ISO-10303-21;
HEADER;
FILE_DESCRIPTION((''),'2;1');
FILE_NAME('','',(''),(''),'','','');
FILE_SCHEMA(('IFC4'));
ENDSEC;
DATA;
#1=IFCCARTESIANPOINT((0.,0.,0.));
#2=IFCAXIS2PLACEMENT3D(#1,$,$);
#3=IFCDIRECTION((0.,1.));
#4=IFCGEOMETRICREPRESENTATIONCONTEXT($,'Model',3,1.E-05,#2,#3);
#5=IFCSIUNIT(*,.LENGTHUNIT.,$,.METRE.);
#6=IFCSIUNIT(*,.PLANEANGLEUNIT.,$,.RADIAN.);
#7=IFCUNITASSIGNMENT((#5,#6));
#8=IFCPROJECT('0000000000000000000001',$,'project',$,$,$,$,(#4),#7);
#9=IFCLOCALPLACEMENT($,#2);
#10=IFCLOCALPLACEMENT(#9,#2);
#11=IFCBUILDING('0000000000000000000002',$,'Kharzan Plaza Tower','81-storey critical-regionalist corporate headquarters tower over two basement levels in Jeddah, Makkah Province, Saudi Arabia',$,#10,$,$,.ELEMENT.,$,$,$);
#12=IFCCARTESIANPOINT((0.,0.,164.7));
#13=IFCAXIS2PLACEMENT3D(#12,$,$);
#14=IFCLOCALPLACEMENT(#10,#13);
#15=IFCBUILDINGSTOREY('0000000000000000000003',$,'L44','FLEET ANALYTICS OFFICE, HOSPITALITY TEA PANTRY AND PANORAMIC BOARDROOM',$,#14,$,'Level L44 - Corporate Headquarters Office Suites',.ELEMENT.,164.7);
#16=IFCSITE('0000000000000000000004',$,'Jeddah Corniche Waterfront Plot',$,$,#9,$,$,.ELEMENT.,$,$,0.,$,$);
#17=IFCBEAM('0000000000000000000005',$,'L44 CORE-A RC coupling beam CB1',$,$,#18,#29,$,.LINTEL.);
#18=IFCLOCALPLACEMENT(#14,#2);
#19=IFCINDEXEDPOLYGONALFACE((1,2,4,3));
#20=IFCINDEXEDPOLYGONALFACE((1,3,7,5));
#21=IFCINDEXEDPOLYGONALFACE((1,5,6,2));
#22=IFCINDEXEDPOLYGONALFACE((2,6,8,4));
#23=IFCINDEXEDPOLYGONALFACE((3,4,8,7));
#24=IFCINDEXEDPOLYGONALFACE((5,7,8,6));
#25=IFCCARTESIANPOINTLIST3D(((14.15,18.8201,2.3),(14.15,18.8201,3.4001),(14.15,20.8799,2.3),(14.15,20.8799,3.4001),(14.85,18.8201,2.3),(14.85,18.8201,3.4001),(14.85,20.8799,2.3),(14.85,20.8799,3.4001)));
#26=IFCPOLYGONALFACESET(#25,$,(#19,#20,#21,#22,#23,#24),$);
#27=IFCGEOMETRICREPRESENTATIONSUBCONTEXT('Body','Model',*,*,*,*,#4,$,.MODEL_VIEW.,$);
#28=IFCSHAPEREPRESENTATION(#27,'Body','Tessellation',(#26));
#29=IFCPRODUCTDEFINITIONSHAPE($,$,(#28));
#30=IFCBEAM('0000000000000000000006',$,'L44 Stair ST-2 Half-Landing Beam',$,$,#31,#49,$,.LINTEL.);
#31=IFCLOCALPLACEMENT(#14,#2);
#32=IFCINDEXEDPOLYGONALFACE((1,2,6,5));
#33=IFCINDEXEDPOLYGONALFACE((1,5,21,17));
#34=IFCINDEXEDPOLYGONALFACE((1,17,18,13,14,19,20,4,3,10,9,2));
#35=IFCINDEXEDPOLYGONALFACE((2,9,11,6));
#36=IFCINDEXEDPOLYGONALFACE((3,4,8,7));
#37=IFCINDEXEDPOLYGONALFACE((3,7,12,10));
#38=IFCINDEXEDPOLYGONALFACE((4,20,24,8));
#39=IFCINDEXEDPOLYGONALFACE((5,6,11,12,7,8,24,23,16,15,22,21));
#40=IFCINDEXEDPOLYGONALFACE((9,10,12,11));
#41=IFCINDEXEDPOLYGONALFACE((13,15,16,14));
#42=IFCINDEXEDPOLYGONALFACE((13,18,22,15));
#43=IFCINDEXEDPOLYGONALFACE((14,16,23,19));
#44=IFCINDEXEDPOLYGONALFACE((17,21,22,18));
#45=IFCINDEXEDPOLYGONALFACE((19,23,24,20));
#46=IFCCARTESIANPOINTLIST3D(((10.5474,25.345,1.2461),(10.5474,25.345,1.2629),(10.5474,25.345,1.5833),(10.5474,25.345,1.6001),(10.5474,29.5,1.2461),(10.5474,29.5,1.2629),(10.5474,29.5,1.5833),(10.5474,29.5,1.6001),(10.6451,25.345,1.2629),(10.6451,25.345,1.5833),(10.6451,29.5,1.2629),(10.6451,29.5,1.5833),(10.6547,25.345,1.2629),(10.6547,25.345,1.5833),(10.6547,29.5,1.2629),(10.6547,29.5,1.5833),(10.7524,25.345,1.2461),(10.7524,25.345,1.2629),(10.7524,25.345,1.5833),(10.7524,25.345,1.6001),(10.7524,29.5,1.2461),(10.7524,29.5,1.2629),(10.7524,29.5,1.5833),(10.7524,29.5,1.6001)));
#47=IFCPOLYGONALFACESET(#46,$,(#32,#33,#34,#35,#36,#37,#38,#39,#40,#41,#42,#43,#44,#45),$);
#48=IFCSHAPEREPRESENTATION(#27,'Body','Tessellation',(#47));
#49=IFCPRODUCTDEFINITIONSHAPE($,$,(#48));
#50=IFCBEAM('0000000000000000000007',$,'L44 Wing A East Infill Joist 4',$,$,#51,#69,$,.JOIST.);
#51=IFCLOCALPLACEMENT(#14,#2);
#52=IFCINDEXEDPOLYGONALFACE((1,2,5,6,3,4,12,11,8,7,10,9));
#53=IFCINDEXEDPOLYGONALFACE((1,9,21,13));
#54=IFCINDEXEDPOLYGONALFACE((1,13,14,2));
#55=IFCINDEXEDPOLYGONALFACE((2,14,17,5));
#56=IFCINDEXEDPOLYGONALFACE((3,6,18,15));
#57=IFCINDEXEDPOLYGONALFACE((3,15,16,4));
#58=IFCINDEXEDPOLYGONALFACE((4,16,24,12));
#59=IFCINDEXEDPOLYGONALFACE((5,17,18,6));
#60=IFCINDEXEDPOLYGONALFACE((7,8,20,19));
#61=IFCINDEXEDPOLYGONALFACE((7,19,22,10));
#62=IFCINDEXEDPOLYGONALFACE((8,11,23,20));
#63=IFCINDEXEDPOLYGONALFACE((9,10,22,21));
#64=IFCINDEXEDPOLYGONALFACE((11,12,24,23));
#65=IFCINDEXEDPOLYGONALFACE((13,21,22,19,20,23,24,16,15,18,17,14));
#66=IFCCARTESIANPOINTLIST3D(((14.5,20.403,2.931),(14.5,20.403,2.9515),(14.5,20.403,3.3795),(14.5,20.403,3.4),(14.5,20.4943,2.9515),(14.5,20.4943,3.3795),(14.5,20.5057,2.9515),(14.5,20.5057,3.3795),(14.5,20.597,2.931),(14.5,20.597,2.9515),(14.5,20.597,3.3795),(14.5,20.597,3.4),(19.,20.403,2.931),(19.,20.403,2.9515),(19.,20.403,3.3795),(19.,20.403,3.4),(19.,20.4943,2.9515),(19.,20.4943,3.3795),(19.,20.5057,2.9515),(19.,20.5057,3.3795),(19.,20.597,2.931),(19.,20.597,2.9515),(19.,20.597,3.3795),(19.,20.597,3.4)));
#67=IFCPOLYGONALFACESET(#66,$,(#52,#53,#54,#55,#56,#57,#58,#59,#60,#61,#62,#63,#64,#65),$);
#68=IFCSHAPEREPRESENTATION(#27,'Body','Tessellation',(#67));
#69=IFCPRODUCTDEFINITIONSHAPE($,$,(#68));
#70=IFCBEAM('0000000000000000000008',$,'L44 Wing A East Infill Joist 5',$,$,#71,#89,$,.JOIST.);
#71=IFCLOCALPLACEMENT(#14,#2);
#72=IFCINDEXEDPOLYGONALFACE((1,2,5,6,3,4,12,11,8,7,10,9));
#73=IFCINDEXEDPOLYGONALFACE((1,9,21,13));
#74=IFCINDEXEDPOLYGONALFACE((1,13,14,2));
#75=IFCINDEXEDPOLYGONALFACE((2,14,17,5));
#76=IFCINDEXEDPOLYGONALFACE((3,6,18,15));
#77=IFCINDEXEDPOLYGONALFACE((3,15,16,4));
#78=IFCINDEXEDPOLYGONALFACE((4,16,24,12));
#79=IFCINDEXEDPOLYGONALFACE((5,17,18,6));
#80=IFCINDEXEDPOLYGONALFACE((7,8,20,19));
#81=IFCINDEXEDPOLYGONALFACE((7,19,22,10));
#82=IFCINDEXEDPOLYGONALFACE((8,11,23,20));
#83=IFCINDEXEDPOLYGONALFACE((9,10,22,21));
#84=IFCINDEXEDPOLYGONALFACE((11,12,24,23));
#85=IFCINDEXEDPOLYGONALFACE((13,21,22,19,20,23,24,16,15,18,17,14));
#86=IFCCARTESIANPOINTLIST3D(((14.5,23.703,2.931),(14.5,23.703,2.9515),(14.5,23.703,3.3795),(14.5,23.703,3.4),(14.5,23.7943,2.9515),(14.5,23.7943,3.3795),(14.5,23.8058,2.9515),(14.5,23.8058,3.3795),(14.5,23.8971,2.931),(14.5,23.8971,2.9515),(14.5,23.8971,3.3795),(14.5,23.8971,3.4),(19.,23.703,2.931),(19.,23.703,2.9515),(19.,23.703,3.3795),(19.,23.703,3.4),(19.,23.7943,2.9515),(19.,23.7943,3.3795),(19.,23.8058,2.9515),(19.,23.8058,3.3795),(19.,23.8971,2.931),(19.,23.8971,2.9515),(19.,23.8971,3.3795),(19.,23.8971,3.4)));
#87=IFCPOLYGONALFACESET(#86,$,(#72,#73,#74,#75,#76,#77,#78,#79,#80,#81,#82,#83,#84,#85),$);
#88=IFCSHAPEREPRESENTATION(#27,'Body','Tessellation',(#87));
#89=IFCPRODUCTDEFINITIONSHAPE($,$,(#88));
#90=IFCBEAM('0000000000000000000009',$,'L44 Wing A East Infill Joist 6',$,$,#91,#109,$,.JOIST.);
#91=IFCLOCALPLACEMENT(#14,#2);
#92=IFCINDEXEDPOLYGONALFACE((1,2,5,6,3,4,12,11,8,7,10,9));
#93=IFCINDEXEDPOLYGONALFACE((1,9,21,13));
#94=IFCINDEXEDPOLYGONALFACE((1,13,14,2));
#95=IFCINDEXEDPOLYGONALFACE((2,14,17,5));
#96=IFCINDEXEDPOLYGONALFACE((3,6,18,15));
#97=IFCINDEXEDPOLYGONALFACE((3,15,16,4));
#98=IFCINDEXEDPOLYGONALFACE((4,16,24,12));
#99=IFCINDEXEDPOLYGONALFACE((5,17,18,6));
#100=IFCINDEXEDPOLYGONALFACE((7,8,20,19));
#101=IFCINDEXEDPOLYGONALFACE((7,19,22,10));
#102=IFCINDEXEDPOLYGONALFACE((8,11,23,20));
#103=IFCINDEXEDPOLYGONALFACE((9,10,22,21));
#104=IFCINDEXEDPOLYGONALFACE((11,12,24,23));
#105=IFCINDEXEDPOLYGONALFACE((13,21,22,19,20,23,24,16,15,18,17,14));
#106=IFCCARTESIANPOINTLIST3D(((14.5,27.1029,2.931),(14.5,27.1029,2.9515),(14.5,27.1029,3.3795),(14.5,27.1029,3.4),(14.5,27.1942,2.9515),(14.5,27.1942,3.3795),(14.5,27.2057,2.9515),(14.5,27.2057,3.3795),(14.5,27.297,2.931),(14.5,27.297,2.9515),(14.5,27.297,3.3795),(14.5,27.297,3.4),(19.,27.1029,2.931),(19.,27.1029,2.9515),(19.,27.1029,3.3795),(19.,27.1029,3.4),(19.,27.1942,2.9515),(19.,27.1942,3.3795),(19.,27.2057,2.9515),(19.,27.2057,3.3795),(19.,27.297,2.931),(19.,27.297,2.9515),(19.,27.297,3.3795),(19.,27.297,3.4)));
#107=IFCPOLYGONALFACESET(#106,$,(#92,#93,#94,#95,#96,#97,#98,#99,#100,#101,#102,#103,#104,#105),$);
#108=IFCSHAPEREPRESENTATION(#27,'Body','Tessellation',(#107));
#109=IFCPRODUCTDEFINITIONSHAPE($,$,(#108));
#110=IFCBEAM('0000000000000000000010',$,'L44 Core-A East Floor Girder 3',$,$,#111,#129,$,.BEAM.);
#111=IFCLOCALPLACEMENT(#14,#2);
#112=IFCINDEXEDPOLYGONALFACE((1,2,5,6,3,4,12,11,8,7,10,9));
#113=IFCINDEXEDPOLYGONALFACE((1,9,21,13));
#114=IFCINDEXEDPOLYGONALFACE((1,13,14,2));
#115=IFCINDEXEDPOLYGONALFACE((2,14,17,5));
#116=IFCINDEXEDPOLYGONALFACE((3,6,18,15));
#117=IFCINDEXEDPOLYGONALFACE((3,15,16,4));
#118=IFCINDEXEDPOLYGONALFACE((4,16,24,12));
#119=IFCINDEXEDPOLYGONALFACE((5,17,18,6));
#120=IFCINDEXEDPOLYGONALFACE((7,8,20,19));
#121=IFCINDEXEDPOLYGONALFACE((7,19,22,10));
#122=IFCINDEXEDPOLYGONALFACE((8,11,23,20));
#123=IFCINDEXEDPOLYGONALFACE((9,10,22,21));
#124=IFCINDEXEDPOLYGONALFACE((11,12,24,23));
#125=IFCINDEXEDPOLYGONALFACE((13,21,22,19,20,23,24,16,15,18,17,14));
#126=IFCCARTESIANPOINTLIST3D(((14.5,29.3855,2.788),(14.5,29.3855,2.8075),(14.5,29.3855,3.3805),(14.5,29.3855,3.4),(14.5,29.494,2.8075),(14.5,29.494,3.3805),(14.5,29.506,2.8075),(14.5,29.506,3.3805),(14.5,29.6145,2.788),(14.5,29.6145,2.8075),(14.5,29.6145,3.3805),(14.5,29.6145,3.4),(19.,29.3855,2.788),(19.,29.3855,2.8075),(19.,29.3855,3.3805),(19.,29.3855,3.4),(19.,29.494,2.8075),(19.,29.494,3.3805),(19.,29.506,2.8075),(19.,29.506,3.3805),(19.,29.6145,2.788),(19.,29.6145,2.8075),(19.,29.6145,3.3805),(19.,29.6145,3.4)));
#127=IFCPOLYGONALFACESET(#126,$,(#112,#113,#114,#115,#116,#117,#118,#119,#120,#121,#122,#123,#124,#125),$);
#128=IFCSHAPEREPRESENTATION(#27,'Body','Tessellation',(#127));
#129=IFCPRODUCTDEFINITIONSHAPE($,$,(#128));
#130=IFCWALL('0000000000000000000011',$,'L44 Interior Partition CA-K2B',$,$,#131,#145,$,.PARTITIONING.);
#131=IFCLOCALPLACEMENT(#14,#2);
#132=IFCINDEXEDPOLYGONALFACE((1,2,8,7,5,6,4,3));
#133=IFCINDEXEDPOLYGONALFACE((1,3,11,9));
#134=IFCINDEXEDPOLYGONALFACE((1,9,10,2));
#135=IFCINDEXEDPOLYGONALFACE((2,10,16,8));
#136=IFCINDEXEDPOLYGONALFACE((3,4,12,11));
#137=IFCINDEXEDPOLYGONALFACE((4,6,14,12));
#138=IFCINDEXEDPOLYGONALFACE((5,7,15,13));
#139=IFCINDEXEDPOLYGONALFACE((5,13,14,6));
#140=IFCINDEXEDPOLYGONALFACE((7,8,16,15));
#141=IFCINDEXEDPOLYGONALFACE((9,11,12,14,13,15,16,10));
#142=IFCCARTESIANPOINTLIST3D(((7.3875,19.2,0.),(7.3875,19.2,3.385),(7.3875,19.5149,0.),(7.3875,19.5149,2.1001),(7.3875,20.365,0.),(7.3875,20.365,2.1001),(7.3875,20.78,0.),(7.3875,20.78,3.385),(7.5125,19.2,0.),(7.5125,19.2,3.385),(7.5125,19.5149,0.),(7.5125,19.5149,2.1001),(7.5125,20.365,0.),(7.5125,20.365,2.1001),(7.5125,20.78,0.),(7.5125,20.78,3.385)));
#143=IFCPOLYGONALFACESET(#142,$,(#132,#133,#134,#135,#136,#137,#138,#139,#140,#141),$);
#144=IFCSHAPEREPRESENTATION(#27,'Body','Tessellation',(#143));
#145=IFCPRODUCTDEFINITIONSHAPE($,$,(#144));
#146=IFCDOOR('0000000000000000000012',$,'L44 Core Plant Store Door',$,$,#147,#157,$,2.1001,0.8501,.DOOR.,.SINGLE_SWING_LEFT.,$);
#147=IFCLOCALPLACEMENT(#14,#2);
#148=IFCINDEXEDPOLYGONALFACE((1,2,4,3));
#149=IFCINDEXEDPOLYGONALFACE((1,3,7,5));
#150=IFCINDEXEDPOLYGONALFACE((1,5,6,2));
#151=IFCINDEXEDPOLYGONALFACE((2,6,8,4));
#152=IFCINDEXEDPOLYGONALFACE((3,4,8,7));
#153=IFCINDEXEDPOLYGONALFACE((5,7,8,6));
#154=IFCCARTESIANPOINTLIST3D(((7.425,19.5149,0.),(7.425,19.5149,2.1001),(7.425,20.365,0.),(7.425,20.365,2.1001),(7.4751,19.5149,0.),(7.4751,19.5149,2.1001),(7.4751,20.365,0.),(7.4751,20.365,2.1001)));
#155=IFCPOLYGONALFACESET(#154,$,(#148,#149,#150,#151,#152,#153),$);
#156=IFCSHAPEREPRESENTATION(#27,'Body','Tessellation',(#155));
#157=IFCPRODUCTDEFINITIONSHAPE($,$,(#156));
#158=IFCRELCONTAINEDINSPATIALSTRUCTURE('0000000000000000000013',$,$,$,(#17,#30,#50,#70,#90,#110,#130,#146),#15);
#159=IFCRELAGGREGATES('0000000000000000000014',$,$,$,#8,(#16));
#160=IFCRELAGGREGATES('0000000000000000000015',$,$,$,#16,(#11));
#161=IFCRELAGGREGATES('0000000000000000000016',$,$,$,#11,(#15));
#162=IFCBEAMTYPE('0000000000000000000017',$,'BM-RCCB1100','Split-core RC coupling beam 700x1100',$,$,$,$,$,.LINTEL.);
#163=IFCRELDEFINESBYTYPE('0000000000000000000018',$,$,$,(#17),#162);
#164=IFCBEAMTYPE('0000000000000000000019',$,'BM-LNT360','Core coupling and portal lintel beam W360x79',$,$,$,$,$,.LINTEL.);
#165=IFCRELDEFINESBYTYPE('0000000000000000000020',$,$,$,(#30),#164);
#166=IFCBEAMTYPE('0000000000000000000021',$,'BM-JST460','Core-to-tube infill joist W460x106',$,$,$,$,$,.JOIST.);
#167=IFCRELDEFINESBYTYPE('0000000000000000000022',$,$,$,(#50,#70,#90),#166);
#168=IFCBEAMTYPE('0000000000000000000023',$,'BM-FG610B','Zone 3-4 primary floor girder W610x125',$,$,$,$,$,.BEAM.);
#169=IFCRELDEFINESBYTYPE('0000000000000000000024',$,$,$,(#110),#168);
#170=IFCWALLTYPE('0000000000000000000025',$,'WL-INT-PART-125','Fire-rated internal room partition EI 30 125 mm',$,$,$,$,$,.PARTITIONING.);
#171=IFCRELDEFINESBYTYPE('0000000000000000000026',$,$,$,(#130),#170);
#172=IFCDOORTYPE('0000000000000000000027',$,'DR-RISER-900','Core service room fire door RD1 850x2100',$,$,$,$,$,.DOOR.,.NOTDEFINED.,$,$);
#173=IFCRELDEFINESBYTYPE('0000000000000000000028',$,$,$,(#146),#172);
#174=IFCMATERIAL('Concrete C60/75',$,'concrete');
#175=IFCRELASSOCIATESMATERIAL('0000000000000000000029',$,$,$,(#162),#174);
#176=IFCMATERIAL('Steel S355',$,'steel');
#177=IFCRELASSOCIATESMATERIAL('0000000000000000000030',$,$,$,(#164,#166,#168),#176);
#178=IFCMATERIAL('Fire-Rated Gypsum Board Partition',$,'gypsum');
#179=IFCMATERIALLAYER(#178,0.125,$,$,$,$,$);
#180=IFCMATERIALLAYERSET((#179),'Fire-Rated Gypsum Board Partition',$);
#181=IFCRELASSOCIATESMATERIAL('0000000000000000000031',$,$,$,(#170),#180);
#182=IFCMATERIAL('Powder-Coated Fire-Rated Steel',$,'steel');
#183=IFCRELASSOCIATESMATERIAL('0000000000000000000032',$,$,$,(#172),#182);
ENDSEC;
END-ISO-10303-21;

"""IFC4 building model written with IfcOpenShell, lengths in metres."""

from ifc_helpers import new_model, si_unit, direction, frame, frame_2d, origin, origin_2d, place, context, subcontext, project, spatial, rectangle, i_section, extrude, source, transform, mapped, material, layer, layer_set, material_profile, profile_set, type_object, element, fill, save


model = new_model("IFC4")

# Units and contexts
model_context = context("Model", 3, precision=1e-05, world=origin(), true_north=direction((0.0, 1.0)))
body_context = subcontext(model_context, "Body", "Model", "MODEL_VIEW")
ifc_project = project(units=[si_unit("LENGTHUNIT", "METRE"), si_unit("PLANEANGLEUNIT", "RADIAN")], contexts=[model_context])

# Site, building, storey
site_placement = place(None, origin())
site = spatial("IfcSite", under=ifc_project, at=site_placement, Name="Jeddah Corniche Waterfront Plot", CompositionType="ELEMENT", RefElevation=0.0)
building_placement = place(site_placement, origin())
building = spatial("IfcBuilding", under=site, at=building_placement, Name="Kharzan Plaza Tower", Description="81-storey critical-regionalist corporate headquarters tower over two basement levels in Jeddah, Makkah Province, Saudi Arabia", CompositionType="ELEMENT")
storey_placement = place(building_placement, frame((0.0, 0.0, 164.7)))
storey = spatial("IfcBuildingStorey", under=building, at=storey_placement, Name="L44", Description="FLEET ANALYTICS OFFICE, HOSPITALITY TEA PANTRY AND PANORAMIC BOARDROOM", LongName="Level L44 - Corporate Headquarters Office Suites", CompositionType="ELEMENT", Elevation=164.7)

# Beams
ifc_material_1 = material(Name="Concrete C60/75", Category="concrete")
ifc_material_profile_1 = material_profile(ifc_material_1, rectangle(XDim=0.7, YDim=1.1001, at=origin_2d()), Name="RC-CB1100x700")
ifc_profile_set_1 = profile_set([ifc_material_profile_1], Name="Concrete C60/75")
beam_type_1 = type_object("IfcBeamType", Name="BM-RCCB1100", Description="Split-core RC coupling beam 700x1100", PredefinedType="LINTEL", material=ifc_profile_set_1)
shared_shape_1 = source(origin(), body_context, "Body", "SweptSolid", [
    extrude(rectangle(XDim=0.7, YDim=1.1001, at=origin_2d()), origin(), (0.0, 0.0, 1.0), 2.0598),
])
beam_1_placement = place(storey_placement, frame((14.5, 18.8201, 2.8501), z_axis=(0.0, 1.0, 0.0), x_axis=(-1.0, 0.0, 0.0)))
element("IfcBeam", 1, at=beam_1_placement, inside=storey, type_object=beam_type_1, Name="L44 CORE-A RC coupling beam CB1", PredefinedType="LINTEL", context=body_context, shape_type="MappedRepresentation", body=[
    mapped(shared_shape_1, transform((0.0, 0.0, 0.0), x_axis=(1.0, 0.0, 0.0), y_axis=(0.0, 1.0, 0.0), z_axis=(0.0, 0.0, 1.0))),
])
ifc_material_2 = material(Name="Steel S355", Category="steel")
ifc_material_profile_2 = material_profile(ifc_material_2, i_section(OverallWidth=0.2051, OverallDepth=0.354, WebThickness=0.0095, FlangeThickness=0.0168, at=origin_2d()), Name="W360x79")
ifc_profile_set_2 = profile_set([ifc_material_profile_2], Name="Steel S355")
beam_type_2 = type_object("IfcBeamType", Name="BM-LNT360", Description="Core coupling and portal lintel beam W360x79", PredefinedType="LINTEL", material=ifc_profile_set_2)
shared_shape_2 = source(origin(), body_context, "Body", "SweptSolid", [
    extrude(i_section(OverallWidth=0.2051, OverallDepth=0.354, WebThickness=0.0095, FlangeThickness=0.0168, at=origin_2d()), origin(), (0.0, 0.0, 1.0), 4.155),
])
beam_2_placement = place(storey_placement, frame((10.6499, 25.345, 1.4231), z_axis=(0.0, 1.0, 0.0), x_axis=(-1.0, 0.0, 0.0)))
element("IfcBeam", 2, at=beam_2_placement, inside=storey, type_object=beam_type_2, Name="L44 Stair ST-2 Half-Landing Beam", PredefinedType="LINTEL", context=body_context, shape_type="MappedRepresentation", body=[
    mapped(shared_shape_2, transform((0.0, 0.0, 0.0), x_axis=(1.0, 0.0, 0.0), y_axis=(0.0, 1.0, 0.0), z_axis=(0.0, 0.0, 1.0))),
])
ifc_material_profile_3 = material_profile(ifc_material_2, i_section(OverallWidth=0.1941, OverallDepth=0.469, WebThickness=0.0115, FlangeThickness=0.0205, at=origin_2d()), Name="W460x106")
ifc_profile_set_3 = profile_set([ifc_material_profile_3], Name="Steel S355")
beam_type_3 = type_object("IfcBeamType", Name="BM-JST460", Description="Core-to-tube infill joist W460x106", PredefinedType="JOIST", material=ifc_profile_set_3)
shared_shape_3 = source(origin(), body_context, "Body", "SweptSolid", [
    extrude(i_section(OverallWidth=0.1941, OverallDepth=0.469, WebThickness=0.0115, FlangeThickness=0.0205, at=origin_2d()), origin(), (0.0, 0.0, 1.0), 4.5),
])
for number, where, z_axis, x_axis, name in (
    (3, (14.5, 20.5, 3.1655), (1.0, 0.0, 0.0), (0.0, 1.0, 0.0), "L44 Wing A East Infill Joist 4"),
    (4, (14.5, 23.8, 3.1655), (1.0, 0.0, 0.0), (0.0, 1.0, 0.0), "L44 Wing A East Infill Joist 5"),
    (5, (14.5, 27.2, 3.1655), (1.0, 0.0, 0.0), (0.0, 1.0, 0.0), "L44 Wing A East Infill Joist 6"),
):
    element("IfcBeam", number, at=place(storey_placement, frame(where, z_axis=z_axis, x_axis=x_axis)), inside=storey, type_object=beam_type_3, Name=name, PredefinedType="JOIST", context=body_context, shape_type="MappedRepresentation", body=[
        mapped(shared_shape_3, transform((0.0, 0.0, 0.0), x_axis=(1.0, 0.0, 0.0), y_axis=(0.0, 1.0, 0.0), z_axis=(0.0, 0.0, 1.0))),
    ])
ifc_material_profile_4 = material_profile(ifc_material_2, i_section(OverallWidth=0.229, OverallDepth=0.6121, WebThickness=0.012, FlangeThickness=0.0195, at=origin_2d()), Name="W610x125")
ifc_profile_set_4 = profile_set([ifc_material_profile_4], Name="Steel S355")
beam_type_4 = type_object("IfcBeamType", Name="BM-FG610B", Description="Zone 3-4 primary floor girder W610x125", PredefinedType="BEAM", material=ifc_profile_set_4)
shared_shape_4 = source(origin(), body_context, "Body", "SweptSolid", [
    extrude(i_section(OverallWidth=0.229, OverallDepth=0.6121, WebThickness=0.012, FlangeThickness=0.0195, at=origin_2d()), origin(), (0.0, 0.0, 1.0), 4.5),
])
beam_3_placement = place(storey_placement, frame((14.5, 29.5, 3.094), z_axis=(1.0, 0.0, 0.0), x_axis=(0.0, 1.0, 0.0)))
element("IfcBeam", 6, at=beam_3_placement, inside=storey, type_object=beam_type_4, Name="L44 Core-A East Floor Girder 3", PredefinedType="BEAM", context=body_context, shape_type="MappedRepresentation", body=[
    mapped(shared_shape_4, transform((0.0, 0.0, 0.0), x_axis=(1.0, 0.0, 0.0), y_axis=(0.0, 1.0, 0.0), z_axis=(0.0, 0.0, 1.0))),
])

# Wall, opening, door
ifc_material_3 = material(Name="Fire-Rated Gypsum Board Partition", Category="gypsum")
ifc_layer_1 = layer(ifc_material_3, 0.125)
ifc_layer_set_1 = layer_set([ifc_layer_1], Name="Fire-Rated Gypsum Board Partition")
wall_type_1 = type_object("IfcWallType", Name="WL-INT-PART-125", Description="Fire-rated internal room partition EI 30 125 mm", PredefinedType="PARTITIONING", material=ifc_layer_set_1)
wall_1_placement = place(storey_placement, frame((7.45, 19.2, 0.0), z_axis=(0.0, 0.0, 1.0), x_axis=(0.0, 1.0, 0.0)))
wall_1 = element("IfcWall", 7, at=wall_1_placement, inside=storey, type_object=wall_type_1, Name="L44 Interior Partition CA-K2B", PredefinedType="PARTITIONING", context=body_context, shape_type="SweptSolid", body=[
    extrude(rectangle(XDim=1.5801, YDim=0.125, at=frame_2d((0.79, 0.0))), origin(), (0.0, 0.0, 1.0), 3.385),
])
opening_1_placement = place(wall_1_placement, frame((0.3149, 0.0, 0.0)))
opening_1 = element("IfcOpeningElement", 8, at=opening_1_placement, cuts=wall_1, PredefinedType="OPENING", context=body_context, shape_type="SweptSolid", body=[
    extrude(rectangle(XDim=0.8501, YDim=2.1001, at=frame_2d((0.425, 1.05))), frame((0.0, 0.0725, 0.0), z_axis=(0.0, -1.0, 0.0), x_axis=(1.0, 0.0, 0.0)), (0.0, 0.0, 1.0), 0.145),
])
ifc_material_4 = material(Name="Powder-Coated Fire-Rated Steel", Category="steel")
door_type_1 = type_object("IfcDoorType", Name="DR-RISER-900", Description="Core service room fire door RD1 850x2100", OperationType="NOTDEFINED", PredefinedType="DOOR", material=ifc_material_4)
shared_shape_5 = source(origin(), body_context, "Body", "SweptSolid", [
    extrude(rectangle(XDim=0.8501, YDim=2.1001, at=frame_2d((0.425, 1.05))), frame((0.0, 0.0249, 0.0), z_axis=(0.0, -1.0, 0.0), x_axis=(1.0, 0.0, 0.0)), (0.0, 0.0, 1.0), 0.05),
])
door_1_placement = place(opening_1_placement, origin())
door_1 = element("IfcDoor", 9, at=door_1_placement, inside=storey, type_object=door_type_1, Name="L44 Core Plant Store Door", OperationType="SINGLE_SWING_LEFT", OverallHeight=2.1001, OverallWidth=0.8501, PredefinedType="DOOR", context=body_context, shape_type="MappedRepresentation", body=[
    mapped(shared_shape_5, transform((0.0, 0.0, 0.0), x_axis=(1.0, 0.0, 0.0), y_axis=(0.0, 1.0, 0.0), z_axis=(0.0, 0.0, 1.0))),
])
fill(opening_1, door_1)

save(model, "model.ifc")
